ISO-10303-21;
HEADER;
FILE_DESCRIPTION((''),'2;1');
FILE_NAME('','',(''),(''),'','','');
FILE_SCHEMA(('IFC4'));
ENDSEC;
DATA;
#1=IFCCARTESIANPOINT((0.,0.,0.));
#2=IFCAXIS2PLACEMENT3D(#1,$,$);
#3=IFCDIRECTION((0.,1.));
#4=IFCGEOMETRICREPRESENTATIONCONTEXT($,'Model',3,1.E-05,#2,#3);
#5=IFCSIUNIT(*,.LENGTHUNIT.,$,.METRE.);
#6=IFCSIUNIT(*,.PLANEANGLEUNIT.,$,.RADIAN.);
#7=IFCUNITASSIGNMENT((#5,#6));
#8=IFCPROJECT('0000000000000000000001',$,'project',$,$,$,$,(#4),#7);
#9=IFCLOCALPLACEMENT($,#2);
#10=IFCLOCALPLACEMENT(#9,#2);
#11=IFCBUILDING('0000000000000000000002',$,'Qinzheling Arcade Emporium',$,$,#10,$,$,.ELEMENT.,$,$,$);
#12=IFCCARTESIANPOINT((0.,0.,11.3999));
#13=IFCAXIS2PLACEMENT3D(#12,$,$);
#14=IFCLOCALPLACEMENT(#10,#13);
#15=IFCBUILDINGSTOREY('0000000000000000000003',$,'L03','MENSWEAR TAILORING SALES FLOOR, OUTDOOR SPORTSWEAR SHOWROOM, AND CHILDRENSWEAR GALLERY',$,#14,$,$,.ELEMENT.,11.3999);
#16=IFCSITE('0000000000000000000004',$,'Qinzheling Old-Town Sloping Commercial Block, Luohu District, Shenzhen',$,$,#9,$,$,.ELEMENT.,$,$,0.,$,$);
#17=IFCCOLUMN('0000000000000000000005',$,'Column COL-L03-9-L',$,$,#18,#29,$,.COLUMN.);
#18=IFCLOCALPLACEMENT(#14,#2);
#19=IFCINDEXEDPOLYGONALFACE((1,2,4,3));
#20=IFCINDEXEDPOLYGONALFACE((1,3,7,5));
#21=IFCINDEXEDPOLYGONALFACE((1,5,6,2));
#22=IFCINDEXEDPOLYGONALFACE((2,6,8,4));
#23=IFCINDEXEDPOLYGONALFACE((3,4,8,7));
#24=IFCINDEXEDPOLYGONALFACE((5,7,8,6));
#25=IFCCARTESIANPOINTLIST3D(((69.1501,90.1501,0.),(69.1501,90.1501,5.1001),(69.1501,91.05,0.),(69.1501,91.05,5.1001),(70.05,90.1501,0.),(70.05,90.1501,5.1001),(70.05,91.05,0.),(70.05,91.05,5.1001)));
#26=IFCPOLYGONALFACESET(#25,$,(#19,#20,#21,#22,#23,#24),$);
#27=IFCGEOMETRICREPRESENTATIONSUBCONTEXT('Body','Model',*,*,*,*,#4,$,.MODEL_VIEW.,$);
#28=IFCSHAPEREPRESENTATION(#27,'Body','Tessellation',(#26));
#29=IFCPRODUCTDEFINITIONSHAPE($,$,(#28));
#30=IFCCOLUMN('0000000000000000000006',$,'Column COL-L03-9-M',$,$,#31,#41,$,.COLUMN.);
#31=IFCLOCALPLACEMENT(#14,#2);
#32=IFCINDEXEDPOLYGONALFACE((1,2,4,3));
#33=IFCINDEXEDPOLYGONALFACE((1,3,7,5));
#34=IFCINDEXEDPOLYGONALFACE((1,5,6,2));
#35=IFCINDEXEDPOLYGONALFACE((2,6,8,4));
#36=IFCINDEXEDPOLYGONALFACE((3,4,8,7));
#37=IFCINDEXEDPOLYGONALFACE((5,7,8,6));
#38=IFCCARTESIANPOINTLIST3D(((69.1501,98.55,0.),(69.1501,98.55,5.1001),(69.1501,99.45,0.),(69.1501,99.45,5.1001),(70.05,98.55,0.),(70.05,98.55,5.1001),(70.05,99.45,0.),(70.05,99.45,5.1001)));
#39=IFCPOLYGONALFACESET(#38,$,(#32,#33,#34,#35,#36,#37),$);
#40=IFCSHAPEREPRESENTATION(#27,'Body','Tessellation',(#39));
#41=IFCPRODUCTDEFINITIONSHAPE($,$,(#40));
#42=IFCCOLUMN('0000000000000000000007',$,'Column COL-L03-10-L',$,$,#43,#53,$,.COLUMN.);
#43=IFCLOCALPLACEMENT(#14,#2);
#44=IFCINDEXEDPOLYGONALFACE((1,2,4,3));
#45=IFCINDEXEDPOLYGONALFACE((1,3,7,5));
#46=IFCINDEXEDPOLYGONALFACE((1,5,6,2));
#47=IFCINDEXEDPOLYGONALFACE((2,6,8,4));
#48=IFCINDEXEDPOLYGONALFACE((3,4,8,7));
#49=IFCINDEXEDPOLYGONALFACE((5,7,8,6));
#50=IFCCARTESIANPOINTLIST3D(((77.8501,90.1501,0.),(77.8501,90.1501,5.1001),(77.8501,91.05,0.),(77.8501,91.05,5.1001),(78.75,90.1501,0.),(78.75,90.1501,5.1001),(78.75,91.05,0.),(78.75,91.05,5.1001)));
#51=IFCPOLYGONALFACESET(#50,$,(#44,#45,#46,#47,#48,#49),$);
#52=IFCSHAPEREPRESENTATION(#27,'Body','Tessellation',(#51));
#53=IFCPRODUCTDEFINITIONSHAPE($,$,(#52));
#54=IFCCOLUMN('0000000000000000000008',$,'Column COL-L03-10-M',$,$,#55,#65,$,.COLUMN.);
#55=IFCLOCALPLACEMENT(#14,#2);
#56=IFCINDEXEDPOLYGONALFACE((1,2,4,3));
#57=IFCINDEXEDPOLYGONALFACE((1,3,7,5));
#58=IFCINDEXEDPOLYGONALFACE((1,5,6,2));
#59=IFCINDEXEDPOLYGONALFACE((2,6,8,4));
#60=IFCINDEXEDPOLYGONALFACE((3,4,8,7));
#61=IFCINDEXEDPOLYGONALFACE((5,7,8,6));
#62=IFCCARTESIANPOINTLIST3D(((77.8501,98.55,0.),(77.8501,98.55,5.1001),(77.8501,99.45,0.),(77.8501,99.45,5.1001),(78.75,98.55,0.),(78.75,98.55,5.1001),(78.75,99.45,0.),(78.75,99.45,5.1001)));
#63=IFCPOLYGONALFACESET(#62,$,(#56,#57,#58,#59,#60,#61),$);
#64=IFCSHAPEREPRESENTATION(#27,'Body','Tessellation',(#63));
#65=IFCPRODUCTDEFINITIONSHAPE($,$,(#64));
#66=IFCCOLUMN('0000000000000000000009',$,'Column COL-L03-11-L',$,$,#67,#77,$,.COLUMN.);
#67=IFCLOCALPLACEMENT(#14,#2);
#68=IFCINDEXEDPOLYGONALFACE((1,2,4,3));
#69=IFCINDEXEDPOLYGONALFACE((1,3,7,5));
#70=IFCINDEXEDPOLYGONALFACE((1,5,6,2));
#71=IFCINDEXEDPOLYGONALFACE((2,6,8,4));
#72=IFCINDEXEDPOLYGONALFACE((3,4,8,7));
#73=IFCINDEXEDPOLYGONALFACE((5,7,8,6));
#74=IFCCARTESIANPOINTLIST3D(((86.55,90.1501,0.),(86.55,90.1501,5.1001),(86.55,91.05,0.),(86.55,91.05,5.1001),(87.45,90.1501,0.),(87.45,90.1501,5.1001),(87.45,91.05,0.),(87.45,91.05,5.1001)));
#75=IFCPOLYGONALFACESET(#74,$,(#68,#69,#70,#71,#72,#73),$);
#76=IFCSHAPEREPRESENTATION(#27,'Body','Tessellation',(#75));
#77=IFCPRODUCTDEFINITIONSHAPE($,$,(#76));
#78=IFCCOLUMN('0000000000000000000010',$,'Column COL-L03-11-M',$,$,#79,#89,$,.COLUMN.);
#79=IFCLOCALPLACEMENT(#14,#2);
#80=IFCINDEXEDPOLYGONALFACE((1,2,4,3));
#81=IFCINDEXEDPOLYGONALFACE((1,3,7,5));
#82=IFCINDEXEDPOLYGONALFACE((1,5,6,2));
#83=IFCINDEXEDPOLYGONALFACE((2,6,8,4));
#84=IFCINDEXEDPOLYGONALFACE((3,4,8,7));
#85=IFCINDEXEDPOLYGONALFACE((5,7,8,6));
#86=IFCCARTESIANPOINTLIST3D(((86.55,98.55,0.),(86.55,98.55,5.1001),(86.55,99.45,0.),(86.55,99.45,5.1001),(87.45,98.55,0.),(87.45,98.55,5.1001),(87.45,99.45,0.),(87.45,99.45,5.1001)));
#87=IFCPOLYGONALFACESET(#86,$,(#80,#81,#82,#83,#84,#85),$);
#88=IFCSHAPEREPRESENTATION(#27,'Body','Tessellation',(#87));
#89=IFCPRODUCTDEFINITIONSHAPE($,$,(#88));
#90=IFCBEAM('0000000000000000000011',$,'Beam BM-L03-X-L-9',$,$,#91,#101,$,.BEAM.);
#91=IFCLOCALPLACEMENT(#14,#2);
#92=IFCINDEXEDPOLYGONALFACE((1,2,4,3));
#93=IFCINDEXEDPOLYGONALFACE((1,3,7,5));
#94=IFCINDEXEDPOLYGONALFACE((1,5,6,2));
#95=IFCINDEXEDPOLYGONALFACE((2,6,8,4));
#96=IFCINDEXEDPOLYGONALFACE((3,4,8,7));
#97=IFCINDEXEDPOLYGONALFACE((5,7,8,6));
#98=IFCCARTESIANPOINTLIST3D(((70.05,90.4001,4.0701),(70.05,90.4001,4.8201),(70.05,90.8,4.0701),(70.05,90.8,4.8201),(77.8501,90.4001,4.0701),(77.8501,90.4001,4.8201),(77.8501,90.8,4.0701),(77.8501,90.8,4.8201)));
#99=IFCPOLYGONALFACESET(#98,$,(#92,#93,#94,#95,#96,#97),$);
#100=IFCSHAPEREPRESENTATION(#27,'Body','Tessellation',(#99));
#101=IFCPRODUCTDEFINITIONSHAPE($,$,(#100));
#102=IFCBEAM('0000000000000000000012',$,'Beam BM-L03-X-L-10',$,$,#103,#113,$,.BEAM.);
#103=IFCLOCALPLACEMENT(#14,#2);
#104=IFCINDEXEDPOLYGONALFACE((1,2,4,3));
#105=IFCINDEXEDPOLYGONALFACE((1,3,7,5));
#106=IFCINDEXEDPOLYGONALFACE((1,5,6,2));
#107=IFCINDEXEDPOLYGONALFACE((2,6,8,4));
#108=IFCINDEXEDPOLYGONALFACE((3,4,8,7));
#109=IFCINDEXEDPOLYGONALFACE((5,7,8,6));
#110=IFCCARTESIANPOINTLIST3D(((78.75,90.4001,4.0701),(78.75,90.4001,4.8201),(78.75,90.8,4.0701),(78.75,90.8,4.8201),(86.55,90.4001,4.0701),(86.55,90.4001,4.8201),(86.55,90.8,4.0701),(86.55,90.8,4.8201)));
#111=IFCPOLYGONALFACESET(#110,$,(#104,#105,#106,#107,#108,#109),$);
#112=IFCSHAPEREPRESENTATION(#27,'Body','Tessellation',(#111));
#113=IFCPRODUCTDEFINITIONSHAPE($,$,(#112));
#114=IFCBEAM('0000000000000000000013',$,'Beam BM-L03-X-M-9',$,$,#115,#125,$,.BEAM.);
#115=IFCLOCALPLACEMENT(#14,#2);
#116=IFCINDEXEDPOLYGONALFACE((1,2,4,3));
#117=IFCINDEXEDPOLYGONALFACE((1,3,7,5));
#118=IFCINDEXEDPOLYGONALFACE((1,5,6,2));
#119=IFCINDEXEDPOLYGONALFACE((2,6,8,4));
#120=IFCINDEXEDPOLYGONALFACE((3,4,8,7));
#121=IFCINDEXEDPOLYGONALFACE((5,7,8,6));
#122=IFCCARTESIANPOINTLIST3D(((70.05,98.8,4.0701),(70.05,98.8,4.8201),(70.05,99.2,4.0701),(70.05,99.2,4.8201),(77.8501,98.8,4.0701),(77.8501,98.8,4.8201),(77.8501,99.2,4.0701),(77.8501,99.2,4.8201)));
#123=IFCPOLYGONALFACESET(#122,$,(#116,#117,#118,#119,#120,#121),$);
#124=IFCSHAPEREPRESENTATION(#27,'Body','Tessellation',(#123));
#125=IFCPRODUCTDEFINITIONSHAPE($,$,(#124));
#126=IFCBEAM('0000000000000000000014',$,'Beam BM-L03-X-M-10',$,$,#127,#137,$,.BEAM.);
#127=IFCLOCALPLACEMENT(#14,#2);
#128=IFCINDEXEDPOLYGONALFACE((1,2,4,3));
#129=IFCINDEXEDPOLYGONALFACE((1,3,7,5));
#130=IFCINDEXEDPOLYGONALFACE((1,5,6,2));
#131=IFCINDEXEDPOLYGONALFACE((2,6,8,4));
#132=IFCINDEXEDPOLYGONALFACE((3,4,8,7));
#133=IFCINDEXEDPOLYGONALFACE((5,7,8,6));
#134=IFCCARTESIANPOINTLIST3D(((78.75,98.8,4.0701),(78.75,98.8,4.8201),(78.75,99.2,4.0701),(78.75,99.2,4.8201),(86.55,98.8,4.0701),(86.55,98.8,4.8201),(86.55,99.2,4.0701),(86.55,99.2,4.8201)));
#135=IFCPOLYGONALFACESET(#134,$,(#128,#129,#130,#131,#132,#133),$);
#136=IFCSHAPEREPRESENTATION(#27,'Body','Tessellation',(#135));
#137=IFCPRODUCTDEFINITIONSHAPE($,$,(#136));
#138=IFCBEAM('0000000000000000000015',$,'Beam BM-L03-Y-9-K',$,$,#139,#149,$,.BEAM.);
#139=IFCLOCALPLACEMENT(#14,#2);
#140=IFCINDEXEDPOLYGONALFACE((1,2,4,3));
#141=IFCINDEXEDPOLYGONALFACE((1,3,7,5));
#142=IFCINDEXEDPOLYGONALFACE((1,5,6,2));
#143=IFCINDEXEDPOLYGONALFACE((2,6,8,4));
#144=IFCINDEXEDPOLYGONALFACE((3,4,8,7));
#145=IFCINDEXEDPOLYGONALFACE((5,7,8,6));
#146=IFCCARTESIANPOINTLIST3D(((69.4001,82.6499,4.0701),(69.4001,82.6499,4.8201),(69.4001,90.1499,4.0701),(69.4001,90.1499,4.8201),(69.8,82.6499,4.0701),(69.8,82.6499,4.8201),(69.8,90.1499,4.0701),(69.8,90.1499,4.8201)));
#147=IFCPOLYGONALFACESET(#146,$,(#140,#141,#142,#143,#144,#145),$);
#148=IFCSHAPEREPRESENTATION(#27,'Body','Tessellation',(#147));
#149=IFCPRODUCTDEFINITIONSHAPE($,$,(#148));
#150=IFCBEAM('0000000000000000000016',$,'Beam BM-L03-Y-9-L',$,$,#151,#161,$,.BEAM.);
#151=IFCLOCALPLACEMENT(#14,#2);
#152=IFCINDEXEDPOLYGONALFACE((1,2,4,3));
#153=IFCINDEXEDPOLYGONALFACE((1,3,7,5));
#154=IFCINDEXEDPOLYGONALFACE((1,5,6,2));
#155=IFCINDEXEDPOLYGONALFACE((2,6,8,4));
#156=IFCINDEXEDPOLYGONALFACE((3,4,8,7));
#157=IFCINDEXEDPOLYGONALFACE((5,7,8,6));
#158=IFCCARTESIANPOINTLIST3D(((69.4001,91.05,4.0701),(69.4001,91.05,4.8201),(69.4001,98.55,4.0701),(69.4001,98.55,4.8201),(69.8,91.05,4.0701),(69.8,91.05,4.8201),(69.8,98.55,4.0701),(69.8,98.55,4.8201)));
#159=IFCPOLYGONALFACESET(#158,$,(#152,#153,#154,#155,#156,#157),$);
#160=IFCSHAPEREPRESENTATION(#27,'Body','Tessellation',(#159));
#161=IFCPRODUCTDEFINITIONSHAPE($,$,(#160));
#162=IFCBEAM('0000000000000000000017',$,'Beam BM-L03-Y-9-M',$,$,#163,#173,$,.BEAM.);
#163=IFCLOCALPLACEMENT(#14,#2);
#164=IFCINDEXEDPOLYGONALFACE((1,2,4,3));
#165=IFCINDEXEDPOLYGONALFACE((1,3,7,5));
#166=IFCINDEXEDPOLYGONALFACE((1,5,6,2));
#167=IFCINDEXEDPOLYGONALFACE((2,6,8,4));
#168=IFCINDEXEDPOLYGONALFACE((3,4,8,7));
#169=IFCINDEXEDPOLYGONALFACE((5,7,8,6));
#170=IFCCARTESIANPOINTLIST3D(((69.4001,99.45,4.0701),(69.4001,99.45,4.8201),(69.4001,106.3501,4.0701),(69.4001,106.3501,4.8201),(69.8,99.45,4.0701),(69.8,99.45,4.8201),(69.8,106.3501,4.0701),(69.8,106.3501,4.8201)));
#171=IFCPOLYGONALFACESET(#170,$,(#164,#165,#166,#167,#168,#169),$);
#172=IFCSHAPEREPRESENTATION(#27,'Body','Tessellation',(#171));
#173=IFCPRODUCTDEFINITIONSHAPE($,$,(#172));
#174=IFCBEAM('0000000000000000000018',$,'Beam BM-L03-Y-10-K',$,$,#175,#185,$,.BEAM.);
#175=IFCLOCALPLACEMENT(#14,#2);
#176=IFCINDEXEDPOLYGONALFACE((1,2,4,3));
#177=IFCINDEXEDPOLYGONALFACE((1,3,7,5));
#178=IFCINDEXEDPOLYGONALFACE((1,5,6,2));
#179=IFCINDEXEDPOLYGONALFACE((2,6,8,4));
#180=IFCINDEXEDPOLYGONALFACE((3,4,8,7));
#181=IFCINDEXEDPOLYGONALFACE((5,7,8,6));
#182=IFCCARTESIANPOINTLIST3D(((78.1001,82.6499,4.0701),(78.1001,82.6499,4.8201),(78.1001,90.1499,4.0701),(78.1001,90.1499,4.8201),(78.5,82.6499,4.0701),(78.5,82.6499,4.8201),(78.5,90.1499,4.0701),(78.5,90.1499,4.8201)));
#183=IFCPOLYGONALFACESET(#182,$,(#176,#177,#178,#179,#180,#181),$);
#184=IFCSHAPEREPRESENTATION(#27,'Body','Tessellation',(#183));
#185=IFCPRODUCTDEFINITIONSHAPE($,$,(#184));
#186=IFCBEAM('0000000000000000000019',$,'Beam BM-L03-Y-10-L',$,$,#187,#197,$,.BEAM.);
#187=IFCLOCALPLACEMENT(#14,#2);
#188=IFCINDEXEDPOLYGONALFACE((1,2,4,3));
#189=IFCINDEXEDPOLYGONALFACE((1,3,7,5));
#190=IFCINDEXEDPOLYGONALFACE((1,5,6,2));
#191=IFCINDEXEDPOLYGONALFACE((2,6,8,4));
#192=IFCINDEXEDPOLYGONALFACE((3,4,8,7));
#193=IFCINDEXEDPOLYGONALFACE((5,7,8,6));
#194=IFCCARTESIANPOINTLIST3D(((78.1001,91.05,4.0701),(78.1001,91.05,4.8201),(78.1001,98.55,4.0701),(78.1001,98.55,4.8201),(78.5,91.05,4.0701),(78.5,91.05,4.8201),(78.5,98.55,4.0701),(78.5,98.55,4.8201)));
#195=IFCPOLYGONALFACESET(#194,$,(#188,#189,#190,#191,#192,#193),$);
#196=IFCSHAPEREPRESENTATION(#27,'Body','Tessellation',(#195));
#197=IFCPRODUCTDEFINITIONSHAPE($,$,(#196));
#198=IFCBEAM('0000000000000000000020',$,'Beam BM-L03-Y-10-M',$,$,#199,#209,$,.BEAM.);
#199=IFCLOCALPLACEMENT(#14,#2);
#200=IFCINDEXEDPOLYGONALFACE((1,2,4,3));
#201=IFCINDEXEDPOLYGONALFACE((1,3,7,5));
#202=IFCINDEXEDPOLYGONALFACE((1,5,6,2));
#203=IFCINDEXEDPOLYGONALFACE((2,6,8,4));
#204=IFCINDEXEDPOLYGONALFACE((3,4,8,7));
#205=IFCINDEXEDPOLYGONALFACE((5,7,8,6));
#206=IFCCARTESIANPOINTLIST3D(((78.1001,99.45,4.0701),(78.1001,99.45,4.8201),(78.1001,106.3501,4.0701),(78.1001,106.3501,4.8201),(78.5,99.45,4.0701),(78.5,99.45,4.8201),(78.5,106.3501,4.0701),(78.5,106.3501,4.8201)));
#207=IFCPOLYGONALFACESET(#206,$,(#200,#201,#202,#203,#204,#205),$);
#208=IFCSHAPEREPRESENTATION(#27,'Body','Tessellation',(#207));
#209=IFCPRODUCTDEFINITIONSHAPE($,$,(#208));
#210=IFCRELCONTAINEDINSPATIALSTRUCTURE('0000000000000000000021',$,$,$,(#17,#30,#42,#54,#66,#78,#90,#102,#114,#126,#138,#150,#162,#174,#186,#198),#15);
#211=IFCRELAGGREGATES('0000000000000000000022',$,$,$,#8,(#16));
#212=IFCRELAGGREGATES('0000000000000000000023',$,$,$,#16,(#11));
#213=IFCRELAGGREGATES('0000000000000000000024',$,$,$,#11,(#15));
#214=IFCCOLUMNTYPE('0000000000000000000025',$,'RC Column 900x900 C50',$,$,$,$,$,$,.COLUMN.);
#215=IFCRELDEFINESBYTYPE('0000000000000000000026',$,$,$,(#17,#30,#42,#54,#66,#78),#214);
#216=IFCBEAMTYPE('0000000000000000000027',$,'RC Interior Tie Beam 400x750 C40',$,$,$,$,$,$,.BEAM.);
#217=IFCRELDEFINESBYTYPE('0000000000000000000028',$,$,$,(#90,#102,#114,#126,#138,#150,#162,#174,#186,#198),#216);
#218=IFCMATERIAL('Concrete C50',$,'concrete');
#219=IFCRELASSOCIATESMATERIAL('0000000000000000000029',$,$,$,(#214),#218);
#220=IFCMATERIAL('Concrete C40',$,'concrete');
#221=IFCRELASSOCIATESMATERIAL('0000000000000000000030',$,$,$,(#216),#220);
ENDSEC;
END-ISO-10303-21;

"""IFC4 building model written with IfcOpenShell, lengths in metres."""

from ifc_helpers import new_model, si_unit, direction, frame, origin, origin_2d, place, context, subcontext, project, spatial, rectangle, extrude, material, material_profile, profile_set, type_object, element, save


model = new_model("IFC4")

# Units and contexts
model_context = context("Model", 3, precision=1e-05, world=origin(), true_north=direction((0.0, 1.0)))
body_context = subcontext(model_context, "Body", "Model", "MODEL_VIEW")
ifc_project = project(units=[si_unit("LENGTHUNIT", "METRE"), si_unit("PLANEANGLEUNIT", "RADIAN")], contexts=[model_context])

# Site, building, storey
site_placement = place(None, origin())
site = spatial("IfcSite", under=ifc_project, at=site_placement, Name="Qinzheling Old-Town Sloping Commercial Block, Luohu District, Shenzhen", CompositionType="ELEMENT", RefElevation=0.0)
building_placement = place(site_placement, origin())
building = spatial("IfcBuilding", under=site, at=building_placement, Name="Qinzheling Arcade Emporium", CompositionType="ELEMENT")
storey_placement = place(building_placement, frame((0.0, 0.0, 11.3999)))
storey = spatial("IfcBuildingStorey", under=building, at=storey_placement, Name="L03", Description="MENSWEAR TAILORING SALES FLOOR, OUTDOOR SPORTSWEAR SHOWROOM, AND CHILDRENSWEAR GALLERY", CompositionType="ELEMENT", Elevation=11.3999)

# Columns
ifc_material_1 = material(Name="Concrete C50", Category="concrete")
ifc_material_profile_1 = material_profile(ifc_material_1, rectangle(XDim=0.8999, YDim=0.8999, at=origin_2d()), Name="RC 900x900", Category="concrete")
ifc_profile_set_1 = profile_set([ifc_material_profile_1], Name="Concrete C50")
column_type = type_object("IfcColumnType", Name="RC Column 900x900 C50", PredefinedType="COLUMN", material=ifc_profile_set_1)
for number, where, z_axis, x_axis, name in (
    (1, (69.6001, 90.6001, 0.0), (0.0, 0.0, 1.0), (1.0, 0.0, 0.0), "Column COL-L03-9-L"),
    (2, (69.6001, 99.0, 0.0), (0.0, 0.0, 1.0), (1.0, 0.0, 0.0), "Column COL-L03-9-M"),
    (3, (78.3, 90.6001, 0.0), (0.0, 0.0, 1.0), (1.0, 0.0, 0.0), "Column COL-L03-10-L"),
    (4, (78.3, 99.0, 0.0), (0.0, 0.0, 1.0), (1.0, 0.0, 0.0), "Column COL-L03-10-M"),
    (5, (87.0, 90.6001, 0.0), (0.0, 0.0, 1.0), (1.0, 0.0, 0.0), "Column COL-L03-11-L"),
    (6, (87.0, 99.0, 0.0), (0.0, 0.0, 1.0), (1.0, 0.0, 0.0), "Column COL-L03-11-M"),
):
    element("IfcColumn", number, at=place(storey_placement, frame(where, z_axis=z_axis, x_axis=x_axis)), inside=storey, type_object=column_type, Name=name, PredefinedType="COLUMN", context=body_context, shape_type="SweptSolid", body=[
        extrude(rectangle(XDim=0.8999, YDim=0.8999, at=origin_2d()), origin(), (0.0, 0.0, 1.0), 5.1001),
    ])

# Beams
ifc_material_2 = material(Name="Concrete C40", Category="concrete")
ifc_material_profile_2 = material_profile(ifc_material_2, rectangle(XDim=0.3999, YDim=0.75, at=origin_2d()), Name="RC 400x750", Category="concrete")
ifc_profile_set_2 = profile_set([ifc_material_profile_2], Name="Concrete C40")
beam_type = type_object("IfcBeamType", Name="RC Interior Tie Beam 400x750 C40", PredefinedType="BEAM", material=ifc_profile_set_2)
for number, where, z_axis, x_axis, name in (
    (7, (70.05, 90.6001, 4.4451), (1.0, 0.0, 0.0), (0.0, 1.0, 0.0), "Beam BM-L03-X-L-9"),
    (8, (78.75, 90.6001, 4.4451), (1.0, 0.0, 0.0), (0.0, 1.0, 0.0), "Beam BM-L03-X-L-10"),
    (9, (70.05, 99.0, 4.4451), (1.0, 0.0, 0.0), (0.0, 1.0, 0.0), "Beam BM-L03-X-M-9"),
    (10, (78.75, 99.0, 4.4451), (1.0, 0.0, 0.0), (0.0, 1.0, 0.0), "Beam BM-L03-X-M-10"),
):
    element("IfcBeam", number, at=place(storey_placement, frame(where, z_axis=z_axis, x_axis=x_axis)), inside=storey, type_object=beam_type, Name=name, PredefinedType="BEAM", context=body_context, shape_type="SweptSolid", body=[
        extrude(rectangle(XDim=0.3999, YDim=0.75, at=origin_2d()), origin(), (0.0, 0.0, 1.0), 7.8),
    ])
for number, where, z_axis, x_axis, name in (
    (11, (69.6001, 82.6499, 4.4451), (0.0, 1.0, 0.0), (-1.0, 0.0, 0.0), "Beam BM-L03-Y-9-K"),
    (12, (69.6001, 91.05, 4.4451), (0.0, 1.0, 0.0), (-1.0, 0.0, 0.0), "Beam BM-L03-Y-9-L"),
):
    element("IfcBeam", number, at=place(storey_placement, frame(where, z_axis=z_axis, x_axis=x_axis)), inside=storey, type_object=beam_type, Name=name, PredefinedType="BEAM", context=body_context, shape_type="SweptSolid", body=[
        extrude(rectangle(XDim=0.3999, YDim=0.75, at=origin_2d()), origin(), (0.0, 0.0, 1.0), 7.5),
    ])
beam_1_placement = place(storey_placement, frame((69.6001, 99.45, 4.4451), z_axis=(0.0, 1.0, 0.0), x_axis=(-1.0, 0.0, 0.0)))
element("IfcBeam", 13, at=beam_1_placement, inside=storey, type_object=beam_type, Name="Beam BM-L03-Y-9-M", PredefinedType="BEAM", context=body_context, shape_type="SweptSolid", body=[
    extrude(rectangle(XDim=0.3999, YDim=0.75, at=origin_2d()), origin(), (0.0, 0.0, 1.0), 6.9001),
])
for number, where, z_axis, x_axis, name in (
    (14, (78.3, 82.6499, 4.4451), (0.0, 1.0, 0.0), (-1.0, 0.0, 0.0), "Beam BM-L03-Y-10-K"),
    (15, (78.3, 91.05, 4.4451), (0.0, 1.0, 0.0), (-1.0, 0.0, 0.0), "Beam BM-L03-Y-10-L"),
):
    element("IfcBeam", number, at=place(storey_placement, frame(where, z_axis=z_axis, x_axis=x_axis)), inside=storey, type_object=beam_type, Name=name, PredefinedType="BEAM", context=body_context, shape_type="SweptSolid", body=[
        extrude(rectangle(XDim=0.3999, YDim=0.75, at=origin_2d()), origin(), (0.0, 0.0, 1.0), 7.5),
    ])
beam_2_placement = place(storey_placement, frame((78.3, 99.45, 4.4451), z_axis=(0.0, 1.0, 0.0), x_axis=(-1.0, 0.0, 0.0)))
element("IfcBeam", 16, at=beam_2_placement, inside=storey, type_object=beam_type, Name="Beam BM-L03-Y-10-M", PredefinedType="BEAM", context=body_context, shape_type="SweptSolid", body=[
    extrude(rectangle(XDim=0.3999, YDim=0.75, at=origin_2d()), origin(), (0.0, 0.0, 1.0), 6.9001),
])

save(model, "model.ifc")
